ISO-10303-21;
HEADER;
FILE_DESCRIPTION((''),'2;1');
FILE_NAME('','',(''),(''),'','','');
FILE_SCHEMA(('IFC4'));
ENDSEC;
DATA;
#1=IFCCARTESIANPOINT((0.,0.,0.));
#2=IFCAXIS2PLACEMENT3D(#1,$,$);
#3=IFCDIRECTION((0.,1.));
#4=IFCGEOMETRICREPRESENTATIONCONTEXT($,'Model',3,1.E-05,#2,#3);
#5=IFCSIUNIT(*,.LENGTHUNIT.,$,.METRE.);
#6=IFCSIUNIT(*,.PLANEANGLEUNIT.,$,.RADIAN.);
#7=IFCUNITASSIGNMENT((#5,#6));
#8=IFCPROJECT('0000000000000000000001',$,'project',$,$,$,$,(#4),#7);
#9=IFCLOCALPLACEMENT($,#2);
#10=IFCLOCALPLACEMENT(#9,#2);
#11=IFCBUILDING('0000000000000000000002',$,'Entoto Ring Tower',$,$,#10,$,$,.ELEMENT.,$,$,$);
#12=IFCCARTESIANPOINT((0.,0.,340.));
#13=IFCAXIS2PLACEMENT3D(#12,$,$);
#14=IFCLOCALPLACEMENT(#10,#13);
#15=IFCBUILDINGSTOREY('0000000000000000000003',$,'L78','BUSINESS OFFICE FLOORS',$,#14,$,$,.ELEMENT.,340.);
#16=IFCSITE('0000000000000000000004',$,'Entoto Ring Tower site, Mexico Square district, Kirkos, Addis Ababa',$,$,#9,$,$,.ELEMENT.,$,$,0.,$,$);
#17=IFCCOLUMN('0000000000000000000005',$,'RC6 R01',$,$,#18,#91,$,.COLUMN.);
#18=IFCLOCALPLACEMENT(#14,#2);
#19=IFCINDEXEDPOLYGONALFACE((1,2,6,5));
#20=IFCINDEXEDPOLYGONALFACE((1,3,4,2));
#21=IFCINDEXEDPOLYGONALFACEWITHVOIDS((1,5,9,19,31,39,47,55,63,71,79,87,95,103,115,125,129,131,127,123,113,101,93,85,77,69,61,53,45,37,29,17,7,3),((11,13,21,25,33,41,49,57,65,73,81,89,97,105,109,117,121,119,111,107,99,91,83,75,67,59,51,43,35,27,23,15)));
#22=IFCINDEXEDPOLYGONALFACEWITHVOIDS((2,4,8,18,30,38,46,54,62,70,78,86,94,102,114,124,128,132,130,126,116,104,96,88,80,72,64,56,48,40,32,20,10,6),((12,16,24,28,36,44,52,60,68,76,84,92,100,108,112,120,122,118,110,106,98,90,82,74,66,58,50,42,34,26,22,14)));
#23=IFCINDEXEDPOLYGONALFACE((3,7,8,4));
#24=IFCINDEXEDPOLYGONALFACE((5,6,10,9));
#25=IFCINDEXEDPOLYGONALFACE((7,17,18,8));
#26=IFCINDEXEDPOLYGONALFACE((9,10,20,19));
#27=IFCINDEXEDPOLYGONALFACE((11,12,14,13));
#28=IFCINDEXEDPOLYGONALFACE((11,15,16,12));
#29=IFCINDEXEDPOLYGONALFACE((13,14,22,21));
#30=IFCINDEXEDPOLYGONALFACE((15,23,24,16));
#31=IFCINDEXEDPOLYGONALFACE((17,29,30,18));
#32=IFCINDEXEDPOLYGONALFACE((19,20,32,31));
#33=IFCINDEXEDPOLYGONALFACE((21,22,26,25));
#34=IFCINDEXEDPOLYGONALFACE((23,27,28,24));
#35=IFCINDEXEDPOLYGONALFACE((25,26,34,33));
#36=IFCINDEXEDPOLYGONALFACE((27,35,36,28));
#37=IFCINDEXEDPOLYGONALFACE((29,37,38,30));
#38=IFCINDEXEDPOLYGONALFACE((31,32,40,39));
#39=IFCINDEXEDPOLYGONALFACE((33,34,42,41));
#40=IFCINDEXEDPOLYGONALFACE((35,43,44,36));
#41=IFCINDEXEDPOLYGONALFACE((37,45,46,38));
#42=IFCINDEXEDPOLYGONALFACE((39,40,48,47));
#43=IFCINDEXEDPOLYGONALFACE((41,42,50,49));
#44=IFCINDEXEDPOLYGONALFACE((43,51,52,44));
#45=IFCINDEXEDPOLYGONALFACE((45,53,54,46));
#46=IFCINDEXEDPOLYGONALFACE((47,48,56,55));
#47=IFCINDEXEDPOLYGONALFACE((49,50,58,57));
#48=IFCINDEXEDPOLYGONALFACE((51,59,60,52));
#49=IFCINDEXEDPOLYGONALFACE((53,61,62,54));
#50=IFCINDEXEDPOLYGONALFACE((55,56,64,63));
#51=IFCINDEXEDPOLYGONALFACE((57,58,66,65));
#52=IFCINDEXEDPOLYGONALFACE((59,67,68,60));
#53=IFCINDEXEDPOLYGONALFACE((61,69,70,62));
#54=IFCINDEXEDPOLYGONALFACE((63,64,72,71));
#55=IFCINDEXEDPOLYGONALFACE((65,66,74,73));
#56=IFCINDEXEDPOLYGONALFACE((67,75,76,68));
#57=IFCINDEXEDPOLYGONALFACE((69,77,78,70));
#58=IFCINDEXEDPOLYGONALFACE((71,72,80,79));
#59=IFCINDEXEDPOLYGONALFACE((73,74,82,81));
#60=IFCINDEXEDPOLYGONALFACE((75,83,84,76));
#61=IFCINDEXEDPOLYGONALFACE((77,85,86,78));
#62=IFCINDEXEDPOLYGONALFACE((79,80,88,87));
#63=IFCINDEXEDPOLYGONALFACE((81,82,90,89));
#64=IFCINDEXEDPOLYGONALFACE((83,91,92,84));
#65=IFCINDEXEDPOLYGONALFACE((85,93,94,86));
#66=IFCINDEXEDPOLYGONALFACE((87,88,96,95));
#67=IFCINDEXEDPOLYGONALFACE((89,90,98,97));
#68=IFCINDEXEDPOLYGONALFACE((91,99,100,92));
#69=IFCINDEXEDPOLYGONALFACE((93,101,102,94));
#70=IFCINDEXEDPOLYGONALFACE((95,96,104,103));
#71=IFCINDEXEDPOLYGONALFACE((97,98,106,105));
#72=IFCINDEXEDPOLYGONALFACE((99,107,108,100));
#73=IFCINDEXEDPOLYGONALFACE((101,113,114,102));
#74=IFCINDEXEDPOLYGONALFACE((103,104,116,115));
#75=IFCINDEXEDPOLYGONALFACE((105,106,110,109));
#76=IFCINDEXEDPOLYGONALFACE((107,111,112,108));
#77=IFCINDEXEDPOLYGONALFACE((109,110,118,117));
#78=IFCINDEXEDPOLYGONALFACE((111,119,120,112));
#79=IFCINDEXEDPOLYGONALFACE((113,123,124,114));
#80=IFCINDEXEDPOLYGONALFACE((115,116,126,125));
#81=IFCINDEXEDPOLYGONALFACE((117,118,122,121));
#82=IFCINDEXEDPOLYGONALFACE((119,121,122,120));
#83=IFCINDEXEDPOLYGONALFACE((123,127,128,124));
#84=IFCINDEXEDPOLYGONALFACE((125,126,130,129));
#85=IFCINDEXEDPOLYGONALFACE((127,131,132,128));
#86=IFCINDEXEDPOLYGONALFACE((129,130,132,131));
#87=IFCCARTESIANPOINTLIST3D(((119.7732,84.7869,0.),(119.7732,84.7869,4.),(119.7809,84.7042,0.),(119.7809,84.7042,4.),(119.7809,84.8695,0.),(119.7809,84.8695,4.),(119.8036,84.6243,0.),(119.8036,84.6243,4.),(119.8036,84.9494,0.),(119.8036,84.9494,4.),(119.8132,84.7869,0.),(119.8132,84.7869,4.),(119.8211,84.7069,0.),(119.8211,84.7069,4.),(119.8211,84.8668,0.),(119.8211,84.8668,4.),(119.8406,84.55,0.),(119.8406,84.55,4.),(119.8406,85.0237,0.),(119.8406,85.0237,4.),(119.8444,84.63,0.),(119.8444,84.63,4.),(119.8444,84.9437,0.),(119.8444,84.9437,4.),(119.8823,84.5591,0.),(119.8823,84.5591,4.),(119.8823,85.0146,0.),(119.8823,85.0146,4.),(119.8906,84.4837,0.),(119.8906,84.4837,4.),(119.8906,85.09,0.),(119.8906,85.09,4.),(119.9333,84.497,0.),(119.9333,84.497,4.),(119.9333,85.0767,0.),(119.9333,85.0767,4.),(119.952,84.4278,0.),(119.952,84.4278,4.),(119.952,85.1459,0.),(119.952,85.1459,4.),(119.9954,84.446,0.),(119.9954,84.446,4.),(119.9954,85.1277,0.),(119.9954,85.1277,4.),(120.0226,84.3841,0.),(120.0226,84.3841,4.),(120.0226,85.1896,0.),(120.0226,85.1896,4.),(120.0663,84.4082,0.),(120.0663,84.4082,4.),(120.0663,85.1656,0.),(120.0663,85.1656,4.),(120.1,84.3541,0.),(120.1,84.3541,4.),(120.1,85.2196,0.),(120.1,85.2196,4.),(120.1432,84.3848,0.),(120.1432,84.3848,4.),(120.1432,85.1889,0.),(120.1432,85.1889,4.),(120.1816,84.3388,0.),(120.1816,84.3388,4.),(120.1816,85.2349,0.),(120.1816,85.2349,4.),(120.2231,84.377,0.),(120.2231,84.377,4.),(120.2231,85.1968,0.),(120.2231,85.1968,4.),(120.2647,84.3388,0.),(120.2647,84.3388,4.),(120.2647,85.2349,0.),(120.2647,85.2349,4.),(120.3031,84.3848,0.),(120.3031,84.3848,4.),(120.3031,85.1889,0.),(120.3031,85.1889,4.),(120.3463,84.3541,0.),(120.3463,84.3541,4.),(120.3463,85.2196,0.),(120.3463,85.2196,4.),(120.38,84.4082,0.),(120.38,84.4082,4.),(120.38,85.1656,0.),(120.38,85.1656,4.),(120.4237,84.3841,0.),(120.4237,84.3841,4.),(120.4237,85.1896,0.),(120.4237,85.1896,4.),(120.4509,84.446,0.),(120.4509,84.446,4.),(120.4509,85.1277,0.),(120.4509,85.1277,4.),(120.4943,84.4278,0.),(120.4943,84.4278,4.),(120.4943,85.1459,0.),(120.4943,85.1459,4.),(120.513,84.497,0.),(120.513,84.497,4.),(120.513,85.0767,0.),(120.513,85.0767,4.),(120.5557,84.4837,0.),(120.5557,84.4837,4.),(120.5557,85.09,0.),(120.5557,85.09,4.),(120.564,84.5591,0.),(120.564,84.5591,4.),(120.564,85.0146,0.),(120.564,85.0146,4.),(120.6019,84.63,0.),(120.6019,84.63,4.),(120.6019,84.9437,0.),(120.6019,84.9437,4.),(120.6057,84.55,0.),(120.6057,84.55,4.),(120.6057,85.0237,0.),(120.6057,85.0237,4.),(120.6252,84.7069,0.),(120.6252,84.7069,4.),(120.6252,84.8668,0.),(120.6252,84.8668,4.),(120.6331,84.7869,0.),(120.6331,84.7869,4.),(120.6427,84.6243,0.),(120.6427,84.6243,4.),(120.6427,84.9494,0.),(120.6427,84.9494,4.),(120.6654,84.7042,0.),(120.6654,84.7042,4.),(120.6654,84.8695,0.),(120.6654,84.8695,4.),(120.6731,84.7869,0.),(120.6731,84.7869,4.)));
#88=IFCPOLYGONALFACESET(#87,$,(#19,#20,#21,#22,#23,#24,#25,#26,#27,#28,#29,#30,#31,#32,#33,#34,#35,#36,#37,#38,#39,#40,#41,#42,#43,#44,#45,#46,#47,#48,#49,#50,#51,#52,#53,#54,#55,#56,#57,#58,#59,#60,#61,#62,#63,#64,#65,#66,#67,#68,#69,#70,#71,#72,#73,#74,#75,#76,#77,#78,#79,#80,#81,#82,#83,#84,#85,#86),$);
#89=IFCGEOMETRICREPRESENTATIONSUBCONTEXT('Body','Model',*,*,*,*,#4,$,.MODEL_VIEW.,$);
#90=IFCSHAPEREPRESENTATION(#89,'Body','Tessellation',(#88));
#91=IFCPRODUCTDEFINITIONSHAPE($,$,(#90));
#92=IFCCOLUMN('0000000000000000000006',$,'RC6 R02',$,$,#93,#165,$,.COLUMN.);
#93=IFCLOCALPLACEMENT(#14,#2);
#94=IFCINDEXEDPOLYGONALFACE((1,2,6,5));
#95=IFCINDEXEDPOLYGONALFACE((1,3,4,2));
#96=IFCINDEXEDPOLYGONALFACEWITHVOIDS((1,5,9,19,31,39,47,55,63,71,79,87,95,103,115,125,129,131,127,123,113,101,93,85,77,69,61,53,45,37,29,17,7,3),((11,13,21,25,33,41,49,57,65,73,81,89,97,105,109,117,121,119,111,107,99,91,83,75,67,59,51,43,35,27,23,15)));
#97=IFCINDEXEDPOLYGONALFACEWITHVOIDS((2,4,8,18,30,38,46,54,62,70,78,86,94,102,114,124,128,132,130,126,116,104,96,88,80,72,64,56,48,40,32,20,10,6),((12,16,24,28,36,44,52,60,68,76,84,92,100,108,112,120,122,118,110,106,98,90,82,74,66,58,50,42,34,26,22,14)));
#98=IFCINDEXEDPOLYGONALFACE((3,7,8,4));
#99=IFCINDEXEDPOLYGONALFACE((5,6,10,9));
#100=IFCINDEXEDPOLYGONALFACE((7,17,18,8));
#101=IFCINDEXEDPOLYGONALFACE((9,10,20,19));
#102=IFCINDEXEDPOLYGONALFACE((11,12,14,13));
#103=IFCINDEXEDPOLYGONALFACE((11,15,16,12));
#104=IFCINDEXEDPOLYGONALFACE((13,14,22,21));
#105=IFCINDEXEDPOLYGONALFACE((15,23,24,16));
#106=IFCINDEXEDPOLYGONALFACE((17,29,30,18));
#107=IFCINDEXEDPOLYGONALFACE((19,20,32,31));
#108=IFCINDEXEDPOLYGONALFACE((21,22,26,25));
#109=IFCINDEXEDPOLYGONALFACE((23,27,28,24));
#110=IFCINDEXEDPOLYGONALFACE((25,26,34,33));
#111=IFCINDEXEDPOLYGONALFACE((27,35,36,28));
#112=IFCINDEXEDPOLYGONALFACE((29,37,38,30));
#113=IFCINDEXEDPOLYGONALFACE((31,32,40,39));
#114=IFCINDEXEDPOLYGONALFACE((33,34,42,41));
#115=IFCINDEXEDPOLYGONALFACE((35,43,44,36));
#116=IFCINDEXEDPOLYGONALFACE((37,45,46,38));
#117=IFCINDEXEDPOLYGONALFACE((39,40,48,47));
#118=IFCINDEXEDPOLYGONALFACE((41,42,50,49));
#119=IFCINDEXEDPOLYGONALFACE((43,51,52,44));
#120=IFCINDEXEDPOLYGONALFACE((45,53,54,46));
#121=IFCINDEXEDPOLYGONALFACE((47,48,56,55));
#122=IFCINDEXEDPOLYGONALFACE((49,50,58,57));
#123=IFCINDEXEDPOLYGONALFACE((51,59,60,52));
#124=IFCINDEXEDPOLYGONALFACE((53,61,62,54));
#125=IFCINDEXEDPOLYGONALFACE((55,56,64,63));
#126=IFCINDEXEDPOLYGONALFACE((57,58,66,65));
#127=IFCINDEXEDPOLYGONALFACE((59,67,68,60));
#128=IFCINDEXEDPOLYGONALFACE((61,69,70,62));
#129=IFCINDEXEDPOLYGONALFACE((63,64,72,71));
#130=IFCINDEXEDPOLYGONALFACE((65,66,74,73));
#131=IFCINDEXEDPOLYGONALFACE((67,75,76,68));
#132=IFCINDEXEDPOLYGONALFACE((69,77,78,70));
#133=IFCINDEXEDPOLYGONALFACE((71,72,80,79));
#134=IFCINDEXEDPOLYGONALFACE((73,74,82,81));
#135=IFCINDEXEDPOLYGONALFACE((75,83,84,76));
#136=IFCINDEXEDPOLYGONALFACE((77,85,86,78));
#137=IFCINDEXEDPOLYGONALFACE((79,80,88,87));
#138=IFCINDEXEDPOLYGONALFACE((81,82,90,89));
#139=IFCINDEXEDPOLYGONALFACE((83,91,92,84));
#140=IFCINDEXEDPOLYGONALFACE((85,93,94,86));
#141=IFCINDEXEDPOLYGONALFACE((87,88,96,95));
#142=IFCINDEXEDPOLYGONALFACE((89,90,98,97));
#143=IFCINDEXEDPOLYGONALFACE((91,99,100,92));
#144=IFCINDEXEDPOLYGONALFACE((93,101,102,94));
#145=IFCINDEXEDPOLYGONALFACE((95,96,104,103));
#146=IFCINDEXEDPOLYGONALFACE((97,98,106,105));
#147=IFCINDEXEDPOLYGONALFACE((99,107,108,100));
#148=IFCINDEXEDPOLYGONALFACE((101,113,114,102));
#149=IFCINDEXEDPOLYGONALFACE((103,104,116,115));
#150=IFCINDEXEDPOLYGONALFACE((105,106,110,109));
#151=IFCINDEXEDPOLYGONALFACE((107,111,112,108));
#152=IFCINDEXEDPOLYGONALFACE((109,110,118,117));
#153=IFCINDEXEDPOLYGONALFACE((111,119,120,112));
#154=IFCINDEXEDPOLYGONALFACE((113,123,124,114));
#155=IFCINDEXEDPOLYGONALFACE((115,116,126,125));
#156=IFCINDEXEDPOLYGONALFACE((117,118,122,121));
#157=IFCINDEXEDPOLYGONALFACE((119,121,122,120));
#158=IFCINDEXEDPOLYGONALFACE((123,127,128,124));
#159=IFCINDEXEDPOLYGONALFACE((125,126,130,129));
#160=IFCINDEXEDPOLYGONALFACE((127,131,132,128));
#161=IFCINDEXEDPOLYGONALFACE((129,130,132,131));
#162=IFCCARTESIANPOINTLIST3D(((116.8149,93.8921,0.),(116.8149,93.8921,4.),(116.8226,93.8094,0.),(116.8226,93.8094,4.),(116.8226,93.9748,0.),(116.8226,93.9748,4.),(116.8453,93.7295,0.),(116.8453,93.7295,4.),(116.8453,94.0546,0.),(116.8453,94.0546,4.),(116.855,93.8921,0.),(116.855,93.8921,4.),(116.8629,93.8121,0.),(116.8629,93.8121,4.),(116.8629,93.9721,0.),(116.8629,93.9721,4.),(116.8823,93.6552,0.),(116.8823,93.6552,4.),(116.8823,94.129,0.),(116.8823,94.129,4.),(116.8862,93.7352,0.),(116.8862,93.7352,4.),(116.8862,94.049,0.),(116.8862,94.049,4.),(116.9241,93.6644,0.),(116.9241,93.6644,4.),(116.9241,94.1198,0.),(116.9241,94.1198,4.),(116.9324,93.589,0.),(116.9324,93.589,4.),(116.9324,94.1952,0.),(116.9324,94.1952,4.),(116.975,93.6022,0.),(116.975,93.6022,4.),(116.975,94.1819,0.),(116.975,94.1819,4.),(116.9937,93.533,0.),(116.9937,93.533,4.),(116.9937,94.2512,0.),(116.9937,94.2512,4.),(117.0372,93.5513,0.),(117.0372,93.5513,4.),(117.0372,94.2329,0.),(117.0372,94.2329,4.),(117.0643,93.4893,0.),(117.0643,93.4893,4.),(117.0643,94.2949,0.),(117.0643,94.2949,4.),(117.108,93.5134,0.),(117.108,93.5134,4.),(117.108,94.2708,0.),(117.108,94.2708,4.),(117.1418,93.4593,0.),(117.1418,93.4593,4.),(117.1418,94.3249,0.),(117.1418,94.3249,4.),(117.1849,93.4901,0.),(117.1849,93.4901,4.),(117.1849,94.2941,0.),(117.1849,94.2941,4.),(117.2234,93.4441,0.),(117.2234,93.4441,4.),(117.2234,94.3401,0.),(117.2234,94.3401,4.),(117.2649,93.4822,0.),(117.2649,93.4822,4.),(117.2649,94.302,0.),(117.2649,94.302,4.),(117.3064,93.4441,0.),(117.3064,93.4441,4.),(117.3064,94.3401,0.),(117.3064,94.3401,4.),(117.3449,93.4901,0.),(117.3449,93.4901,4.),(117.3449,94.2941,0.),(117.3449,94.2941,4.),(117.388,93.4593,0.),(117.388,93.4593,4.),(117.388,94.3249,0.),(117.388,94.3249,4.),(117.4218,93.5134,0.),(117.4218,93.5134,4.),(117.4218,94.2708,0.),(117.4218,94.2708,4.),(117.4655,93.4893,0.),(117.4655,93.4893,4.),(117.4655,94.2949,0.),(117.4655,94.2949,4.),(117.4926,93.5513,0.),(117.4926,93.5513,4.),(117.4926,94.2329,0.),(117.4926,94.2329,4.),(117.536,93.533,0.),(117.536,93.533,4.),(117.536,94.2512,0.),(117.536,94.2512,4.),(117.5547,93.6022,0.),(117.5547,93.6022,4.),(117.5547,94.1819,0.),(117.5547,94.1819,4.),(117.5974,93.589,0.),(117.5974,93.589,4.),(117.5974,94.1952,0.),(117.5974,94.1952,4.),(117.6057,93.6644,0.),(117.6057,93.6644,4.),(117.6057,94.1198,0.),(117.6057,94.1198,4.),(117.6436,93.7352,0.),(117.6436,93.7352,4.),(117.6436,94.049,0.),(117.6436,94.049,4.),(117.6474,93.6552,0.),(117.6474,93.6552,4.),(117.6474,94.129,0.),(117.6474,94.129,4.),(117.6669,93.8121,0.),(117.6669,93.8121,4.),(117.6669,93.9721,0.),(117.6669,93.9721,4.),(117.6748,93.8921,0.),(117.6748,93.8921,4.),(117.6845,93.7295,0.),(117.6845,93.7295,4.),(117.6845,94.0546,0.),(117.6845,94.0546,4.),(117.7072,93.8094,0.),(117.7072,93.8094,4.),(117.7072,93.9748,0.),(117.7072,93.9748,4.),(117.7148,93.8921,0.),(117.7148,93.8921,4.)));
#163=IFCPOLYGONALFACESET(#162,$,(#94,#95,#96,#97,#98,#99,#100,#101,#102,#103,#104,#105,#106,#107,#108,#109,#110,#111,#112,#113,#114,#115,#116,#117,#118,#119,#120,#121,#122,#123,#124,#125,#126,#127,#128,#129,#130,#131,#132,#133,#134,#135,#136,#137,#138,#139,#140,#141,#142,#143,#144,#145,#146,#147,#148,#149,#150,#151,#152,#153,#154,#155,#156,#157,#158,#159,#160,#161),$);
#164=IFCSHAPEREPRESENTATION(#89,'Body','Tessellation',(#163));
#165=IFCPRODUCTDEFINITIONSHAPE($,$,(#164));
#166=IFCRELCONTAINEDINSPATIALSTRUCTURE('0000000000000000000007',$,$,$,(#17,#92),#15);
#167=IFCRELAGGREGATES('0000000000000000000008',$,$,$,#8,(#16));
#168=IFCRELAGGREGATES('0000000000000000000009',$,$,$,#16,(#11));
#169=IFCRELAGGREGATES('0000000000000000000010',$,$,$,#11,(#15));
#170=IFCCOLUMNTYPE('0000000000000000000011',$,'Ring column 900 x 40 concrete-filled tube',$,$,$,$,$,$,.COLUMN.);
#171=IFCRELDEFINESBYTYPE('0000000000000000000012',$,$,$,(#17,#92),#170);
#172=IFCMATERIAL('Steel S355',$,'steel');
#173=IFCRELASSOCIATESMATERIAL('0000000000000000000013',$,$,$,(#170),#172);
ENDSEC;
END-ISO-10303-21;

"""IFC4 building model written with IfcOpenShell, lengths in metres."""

from ifc_helpers import new_model, si_unit, direction, frame, origin, origin_2d, place, context, subcontext, project, spatial, circle, hollow_circle, extrude, material, material_profile, profile_set, type_object, element, save


model = new_model("IFC4")

# Units and contexts
model_context = context("Model", 3, precision=1e-05, world=origin(), true_north=direction((0.0, 1.0)))
body_context = subcontext(model_context, "Body", "Model", "MODEL_VIEW")
ifc_project = project(units=[si_unit("LENGTHUNIT", "METRE"), si_unit("PLANEANGLEUNIT", "RADIAN")], contexts=[model_context])

# Site, building, storey
site_placement = place(None, origin())
site = spatial("IfcSite", under=ifc_project, at=site_placement, Name="Entoto Ring Tower site, Mexico Square district, Kirkos, Addis Ababa", CompositionType="ELEMENT", RefElevation=0.0)
building_placement = place(site_placement, origin())
building = spatial("IfcBuilding", under=site, at=building_placement, Name="Entoto Ring Tower", CompositionType="ELEMENT")
storey_placement = place(building_placement, frame((0.0, 0.0, 340.0)))
storey = spatial("IfcBuildingStorey", under=building, at=storey_placement, Name="L78", Description="BUSINESS OFFICE FLOORS", CompositionType="ELEMENT", Elevation=340.0)

# Columns
ifc_material_1 = material(Name="Steel S355", Category="steel")
ifc_material_profile_1 = material_profile(ifc_material_1, hollow_circle(Radius=0.45, WallThickness=0.04, at=origin_2d()), Name="CHS 900 x 40")
ifc_material_2 = material(Name="Concrete C60/75", Category="concrete")
ifc_material_profile_2 = material_profile(ifc_material_2, circle(Radius=0.4099, at=origin_2d()), Name="Concrete C60/75 infill")
ifc_profile_set_1 = profile_set([ifc_material_profile_1, ifc_material_profile_2], Name="Steel S355")
column_type = type_object("IfcColumnType", Name="Ring column 900 x 40 concrete-filled tube", PredefinedType="COLUMN", material=ifc_profile_set_1)
for number, where, z_axis, x_axis, name in (
    (1, (120.2231, 84.7869, 0.0), (0.0, 0.0, 1.0), (1.0, 0.0, 0.0), "RC6 R01"),
    (2, (117.2649, 93.8921, 0.0), (0.0, 0.0, 1.0), (1.0, 0.0, 0.0), "RC6 R02"),
):
    element("IfcColumn", number, at=place(storey_placement, frame(where, z_axis=z_axis, x_axis=x_axis)), inside=storey, type_object=column_type, Name=name, PredefinedType="COLUMN", context=body_context, shape_type="SweptSolid", body=[
        extrude(hollow_circle(Radius=0.45, WallThickness=0.04, at=origin_2d()), origin(), (0.0, 0.0, 1.0), 4.0),
    ])

save(model, "model.ifc")
